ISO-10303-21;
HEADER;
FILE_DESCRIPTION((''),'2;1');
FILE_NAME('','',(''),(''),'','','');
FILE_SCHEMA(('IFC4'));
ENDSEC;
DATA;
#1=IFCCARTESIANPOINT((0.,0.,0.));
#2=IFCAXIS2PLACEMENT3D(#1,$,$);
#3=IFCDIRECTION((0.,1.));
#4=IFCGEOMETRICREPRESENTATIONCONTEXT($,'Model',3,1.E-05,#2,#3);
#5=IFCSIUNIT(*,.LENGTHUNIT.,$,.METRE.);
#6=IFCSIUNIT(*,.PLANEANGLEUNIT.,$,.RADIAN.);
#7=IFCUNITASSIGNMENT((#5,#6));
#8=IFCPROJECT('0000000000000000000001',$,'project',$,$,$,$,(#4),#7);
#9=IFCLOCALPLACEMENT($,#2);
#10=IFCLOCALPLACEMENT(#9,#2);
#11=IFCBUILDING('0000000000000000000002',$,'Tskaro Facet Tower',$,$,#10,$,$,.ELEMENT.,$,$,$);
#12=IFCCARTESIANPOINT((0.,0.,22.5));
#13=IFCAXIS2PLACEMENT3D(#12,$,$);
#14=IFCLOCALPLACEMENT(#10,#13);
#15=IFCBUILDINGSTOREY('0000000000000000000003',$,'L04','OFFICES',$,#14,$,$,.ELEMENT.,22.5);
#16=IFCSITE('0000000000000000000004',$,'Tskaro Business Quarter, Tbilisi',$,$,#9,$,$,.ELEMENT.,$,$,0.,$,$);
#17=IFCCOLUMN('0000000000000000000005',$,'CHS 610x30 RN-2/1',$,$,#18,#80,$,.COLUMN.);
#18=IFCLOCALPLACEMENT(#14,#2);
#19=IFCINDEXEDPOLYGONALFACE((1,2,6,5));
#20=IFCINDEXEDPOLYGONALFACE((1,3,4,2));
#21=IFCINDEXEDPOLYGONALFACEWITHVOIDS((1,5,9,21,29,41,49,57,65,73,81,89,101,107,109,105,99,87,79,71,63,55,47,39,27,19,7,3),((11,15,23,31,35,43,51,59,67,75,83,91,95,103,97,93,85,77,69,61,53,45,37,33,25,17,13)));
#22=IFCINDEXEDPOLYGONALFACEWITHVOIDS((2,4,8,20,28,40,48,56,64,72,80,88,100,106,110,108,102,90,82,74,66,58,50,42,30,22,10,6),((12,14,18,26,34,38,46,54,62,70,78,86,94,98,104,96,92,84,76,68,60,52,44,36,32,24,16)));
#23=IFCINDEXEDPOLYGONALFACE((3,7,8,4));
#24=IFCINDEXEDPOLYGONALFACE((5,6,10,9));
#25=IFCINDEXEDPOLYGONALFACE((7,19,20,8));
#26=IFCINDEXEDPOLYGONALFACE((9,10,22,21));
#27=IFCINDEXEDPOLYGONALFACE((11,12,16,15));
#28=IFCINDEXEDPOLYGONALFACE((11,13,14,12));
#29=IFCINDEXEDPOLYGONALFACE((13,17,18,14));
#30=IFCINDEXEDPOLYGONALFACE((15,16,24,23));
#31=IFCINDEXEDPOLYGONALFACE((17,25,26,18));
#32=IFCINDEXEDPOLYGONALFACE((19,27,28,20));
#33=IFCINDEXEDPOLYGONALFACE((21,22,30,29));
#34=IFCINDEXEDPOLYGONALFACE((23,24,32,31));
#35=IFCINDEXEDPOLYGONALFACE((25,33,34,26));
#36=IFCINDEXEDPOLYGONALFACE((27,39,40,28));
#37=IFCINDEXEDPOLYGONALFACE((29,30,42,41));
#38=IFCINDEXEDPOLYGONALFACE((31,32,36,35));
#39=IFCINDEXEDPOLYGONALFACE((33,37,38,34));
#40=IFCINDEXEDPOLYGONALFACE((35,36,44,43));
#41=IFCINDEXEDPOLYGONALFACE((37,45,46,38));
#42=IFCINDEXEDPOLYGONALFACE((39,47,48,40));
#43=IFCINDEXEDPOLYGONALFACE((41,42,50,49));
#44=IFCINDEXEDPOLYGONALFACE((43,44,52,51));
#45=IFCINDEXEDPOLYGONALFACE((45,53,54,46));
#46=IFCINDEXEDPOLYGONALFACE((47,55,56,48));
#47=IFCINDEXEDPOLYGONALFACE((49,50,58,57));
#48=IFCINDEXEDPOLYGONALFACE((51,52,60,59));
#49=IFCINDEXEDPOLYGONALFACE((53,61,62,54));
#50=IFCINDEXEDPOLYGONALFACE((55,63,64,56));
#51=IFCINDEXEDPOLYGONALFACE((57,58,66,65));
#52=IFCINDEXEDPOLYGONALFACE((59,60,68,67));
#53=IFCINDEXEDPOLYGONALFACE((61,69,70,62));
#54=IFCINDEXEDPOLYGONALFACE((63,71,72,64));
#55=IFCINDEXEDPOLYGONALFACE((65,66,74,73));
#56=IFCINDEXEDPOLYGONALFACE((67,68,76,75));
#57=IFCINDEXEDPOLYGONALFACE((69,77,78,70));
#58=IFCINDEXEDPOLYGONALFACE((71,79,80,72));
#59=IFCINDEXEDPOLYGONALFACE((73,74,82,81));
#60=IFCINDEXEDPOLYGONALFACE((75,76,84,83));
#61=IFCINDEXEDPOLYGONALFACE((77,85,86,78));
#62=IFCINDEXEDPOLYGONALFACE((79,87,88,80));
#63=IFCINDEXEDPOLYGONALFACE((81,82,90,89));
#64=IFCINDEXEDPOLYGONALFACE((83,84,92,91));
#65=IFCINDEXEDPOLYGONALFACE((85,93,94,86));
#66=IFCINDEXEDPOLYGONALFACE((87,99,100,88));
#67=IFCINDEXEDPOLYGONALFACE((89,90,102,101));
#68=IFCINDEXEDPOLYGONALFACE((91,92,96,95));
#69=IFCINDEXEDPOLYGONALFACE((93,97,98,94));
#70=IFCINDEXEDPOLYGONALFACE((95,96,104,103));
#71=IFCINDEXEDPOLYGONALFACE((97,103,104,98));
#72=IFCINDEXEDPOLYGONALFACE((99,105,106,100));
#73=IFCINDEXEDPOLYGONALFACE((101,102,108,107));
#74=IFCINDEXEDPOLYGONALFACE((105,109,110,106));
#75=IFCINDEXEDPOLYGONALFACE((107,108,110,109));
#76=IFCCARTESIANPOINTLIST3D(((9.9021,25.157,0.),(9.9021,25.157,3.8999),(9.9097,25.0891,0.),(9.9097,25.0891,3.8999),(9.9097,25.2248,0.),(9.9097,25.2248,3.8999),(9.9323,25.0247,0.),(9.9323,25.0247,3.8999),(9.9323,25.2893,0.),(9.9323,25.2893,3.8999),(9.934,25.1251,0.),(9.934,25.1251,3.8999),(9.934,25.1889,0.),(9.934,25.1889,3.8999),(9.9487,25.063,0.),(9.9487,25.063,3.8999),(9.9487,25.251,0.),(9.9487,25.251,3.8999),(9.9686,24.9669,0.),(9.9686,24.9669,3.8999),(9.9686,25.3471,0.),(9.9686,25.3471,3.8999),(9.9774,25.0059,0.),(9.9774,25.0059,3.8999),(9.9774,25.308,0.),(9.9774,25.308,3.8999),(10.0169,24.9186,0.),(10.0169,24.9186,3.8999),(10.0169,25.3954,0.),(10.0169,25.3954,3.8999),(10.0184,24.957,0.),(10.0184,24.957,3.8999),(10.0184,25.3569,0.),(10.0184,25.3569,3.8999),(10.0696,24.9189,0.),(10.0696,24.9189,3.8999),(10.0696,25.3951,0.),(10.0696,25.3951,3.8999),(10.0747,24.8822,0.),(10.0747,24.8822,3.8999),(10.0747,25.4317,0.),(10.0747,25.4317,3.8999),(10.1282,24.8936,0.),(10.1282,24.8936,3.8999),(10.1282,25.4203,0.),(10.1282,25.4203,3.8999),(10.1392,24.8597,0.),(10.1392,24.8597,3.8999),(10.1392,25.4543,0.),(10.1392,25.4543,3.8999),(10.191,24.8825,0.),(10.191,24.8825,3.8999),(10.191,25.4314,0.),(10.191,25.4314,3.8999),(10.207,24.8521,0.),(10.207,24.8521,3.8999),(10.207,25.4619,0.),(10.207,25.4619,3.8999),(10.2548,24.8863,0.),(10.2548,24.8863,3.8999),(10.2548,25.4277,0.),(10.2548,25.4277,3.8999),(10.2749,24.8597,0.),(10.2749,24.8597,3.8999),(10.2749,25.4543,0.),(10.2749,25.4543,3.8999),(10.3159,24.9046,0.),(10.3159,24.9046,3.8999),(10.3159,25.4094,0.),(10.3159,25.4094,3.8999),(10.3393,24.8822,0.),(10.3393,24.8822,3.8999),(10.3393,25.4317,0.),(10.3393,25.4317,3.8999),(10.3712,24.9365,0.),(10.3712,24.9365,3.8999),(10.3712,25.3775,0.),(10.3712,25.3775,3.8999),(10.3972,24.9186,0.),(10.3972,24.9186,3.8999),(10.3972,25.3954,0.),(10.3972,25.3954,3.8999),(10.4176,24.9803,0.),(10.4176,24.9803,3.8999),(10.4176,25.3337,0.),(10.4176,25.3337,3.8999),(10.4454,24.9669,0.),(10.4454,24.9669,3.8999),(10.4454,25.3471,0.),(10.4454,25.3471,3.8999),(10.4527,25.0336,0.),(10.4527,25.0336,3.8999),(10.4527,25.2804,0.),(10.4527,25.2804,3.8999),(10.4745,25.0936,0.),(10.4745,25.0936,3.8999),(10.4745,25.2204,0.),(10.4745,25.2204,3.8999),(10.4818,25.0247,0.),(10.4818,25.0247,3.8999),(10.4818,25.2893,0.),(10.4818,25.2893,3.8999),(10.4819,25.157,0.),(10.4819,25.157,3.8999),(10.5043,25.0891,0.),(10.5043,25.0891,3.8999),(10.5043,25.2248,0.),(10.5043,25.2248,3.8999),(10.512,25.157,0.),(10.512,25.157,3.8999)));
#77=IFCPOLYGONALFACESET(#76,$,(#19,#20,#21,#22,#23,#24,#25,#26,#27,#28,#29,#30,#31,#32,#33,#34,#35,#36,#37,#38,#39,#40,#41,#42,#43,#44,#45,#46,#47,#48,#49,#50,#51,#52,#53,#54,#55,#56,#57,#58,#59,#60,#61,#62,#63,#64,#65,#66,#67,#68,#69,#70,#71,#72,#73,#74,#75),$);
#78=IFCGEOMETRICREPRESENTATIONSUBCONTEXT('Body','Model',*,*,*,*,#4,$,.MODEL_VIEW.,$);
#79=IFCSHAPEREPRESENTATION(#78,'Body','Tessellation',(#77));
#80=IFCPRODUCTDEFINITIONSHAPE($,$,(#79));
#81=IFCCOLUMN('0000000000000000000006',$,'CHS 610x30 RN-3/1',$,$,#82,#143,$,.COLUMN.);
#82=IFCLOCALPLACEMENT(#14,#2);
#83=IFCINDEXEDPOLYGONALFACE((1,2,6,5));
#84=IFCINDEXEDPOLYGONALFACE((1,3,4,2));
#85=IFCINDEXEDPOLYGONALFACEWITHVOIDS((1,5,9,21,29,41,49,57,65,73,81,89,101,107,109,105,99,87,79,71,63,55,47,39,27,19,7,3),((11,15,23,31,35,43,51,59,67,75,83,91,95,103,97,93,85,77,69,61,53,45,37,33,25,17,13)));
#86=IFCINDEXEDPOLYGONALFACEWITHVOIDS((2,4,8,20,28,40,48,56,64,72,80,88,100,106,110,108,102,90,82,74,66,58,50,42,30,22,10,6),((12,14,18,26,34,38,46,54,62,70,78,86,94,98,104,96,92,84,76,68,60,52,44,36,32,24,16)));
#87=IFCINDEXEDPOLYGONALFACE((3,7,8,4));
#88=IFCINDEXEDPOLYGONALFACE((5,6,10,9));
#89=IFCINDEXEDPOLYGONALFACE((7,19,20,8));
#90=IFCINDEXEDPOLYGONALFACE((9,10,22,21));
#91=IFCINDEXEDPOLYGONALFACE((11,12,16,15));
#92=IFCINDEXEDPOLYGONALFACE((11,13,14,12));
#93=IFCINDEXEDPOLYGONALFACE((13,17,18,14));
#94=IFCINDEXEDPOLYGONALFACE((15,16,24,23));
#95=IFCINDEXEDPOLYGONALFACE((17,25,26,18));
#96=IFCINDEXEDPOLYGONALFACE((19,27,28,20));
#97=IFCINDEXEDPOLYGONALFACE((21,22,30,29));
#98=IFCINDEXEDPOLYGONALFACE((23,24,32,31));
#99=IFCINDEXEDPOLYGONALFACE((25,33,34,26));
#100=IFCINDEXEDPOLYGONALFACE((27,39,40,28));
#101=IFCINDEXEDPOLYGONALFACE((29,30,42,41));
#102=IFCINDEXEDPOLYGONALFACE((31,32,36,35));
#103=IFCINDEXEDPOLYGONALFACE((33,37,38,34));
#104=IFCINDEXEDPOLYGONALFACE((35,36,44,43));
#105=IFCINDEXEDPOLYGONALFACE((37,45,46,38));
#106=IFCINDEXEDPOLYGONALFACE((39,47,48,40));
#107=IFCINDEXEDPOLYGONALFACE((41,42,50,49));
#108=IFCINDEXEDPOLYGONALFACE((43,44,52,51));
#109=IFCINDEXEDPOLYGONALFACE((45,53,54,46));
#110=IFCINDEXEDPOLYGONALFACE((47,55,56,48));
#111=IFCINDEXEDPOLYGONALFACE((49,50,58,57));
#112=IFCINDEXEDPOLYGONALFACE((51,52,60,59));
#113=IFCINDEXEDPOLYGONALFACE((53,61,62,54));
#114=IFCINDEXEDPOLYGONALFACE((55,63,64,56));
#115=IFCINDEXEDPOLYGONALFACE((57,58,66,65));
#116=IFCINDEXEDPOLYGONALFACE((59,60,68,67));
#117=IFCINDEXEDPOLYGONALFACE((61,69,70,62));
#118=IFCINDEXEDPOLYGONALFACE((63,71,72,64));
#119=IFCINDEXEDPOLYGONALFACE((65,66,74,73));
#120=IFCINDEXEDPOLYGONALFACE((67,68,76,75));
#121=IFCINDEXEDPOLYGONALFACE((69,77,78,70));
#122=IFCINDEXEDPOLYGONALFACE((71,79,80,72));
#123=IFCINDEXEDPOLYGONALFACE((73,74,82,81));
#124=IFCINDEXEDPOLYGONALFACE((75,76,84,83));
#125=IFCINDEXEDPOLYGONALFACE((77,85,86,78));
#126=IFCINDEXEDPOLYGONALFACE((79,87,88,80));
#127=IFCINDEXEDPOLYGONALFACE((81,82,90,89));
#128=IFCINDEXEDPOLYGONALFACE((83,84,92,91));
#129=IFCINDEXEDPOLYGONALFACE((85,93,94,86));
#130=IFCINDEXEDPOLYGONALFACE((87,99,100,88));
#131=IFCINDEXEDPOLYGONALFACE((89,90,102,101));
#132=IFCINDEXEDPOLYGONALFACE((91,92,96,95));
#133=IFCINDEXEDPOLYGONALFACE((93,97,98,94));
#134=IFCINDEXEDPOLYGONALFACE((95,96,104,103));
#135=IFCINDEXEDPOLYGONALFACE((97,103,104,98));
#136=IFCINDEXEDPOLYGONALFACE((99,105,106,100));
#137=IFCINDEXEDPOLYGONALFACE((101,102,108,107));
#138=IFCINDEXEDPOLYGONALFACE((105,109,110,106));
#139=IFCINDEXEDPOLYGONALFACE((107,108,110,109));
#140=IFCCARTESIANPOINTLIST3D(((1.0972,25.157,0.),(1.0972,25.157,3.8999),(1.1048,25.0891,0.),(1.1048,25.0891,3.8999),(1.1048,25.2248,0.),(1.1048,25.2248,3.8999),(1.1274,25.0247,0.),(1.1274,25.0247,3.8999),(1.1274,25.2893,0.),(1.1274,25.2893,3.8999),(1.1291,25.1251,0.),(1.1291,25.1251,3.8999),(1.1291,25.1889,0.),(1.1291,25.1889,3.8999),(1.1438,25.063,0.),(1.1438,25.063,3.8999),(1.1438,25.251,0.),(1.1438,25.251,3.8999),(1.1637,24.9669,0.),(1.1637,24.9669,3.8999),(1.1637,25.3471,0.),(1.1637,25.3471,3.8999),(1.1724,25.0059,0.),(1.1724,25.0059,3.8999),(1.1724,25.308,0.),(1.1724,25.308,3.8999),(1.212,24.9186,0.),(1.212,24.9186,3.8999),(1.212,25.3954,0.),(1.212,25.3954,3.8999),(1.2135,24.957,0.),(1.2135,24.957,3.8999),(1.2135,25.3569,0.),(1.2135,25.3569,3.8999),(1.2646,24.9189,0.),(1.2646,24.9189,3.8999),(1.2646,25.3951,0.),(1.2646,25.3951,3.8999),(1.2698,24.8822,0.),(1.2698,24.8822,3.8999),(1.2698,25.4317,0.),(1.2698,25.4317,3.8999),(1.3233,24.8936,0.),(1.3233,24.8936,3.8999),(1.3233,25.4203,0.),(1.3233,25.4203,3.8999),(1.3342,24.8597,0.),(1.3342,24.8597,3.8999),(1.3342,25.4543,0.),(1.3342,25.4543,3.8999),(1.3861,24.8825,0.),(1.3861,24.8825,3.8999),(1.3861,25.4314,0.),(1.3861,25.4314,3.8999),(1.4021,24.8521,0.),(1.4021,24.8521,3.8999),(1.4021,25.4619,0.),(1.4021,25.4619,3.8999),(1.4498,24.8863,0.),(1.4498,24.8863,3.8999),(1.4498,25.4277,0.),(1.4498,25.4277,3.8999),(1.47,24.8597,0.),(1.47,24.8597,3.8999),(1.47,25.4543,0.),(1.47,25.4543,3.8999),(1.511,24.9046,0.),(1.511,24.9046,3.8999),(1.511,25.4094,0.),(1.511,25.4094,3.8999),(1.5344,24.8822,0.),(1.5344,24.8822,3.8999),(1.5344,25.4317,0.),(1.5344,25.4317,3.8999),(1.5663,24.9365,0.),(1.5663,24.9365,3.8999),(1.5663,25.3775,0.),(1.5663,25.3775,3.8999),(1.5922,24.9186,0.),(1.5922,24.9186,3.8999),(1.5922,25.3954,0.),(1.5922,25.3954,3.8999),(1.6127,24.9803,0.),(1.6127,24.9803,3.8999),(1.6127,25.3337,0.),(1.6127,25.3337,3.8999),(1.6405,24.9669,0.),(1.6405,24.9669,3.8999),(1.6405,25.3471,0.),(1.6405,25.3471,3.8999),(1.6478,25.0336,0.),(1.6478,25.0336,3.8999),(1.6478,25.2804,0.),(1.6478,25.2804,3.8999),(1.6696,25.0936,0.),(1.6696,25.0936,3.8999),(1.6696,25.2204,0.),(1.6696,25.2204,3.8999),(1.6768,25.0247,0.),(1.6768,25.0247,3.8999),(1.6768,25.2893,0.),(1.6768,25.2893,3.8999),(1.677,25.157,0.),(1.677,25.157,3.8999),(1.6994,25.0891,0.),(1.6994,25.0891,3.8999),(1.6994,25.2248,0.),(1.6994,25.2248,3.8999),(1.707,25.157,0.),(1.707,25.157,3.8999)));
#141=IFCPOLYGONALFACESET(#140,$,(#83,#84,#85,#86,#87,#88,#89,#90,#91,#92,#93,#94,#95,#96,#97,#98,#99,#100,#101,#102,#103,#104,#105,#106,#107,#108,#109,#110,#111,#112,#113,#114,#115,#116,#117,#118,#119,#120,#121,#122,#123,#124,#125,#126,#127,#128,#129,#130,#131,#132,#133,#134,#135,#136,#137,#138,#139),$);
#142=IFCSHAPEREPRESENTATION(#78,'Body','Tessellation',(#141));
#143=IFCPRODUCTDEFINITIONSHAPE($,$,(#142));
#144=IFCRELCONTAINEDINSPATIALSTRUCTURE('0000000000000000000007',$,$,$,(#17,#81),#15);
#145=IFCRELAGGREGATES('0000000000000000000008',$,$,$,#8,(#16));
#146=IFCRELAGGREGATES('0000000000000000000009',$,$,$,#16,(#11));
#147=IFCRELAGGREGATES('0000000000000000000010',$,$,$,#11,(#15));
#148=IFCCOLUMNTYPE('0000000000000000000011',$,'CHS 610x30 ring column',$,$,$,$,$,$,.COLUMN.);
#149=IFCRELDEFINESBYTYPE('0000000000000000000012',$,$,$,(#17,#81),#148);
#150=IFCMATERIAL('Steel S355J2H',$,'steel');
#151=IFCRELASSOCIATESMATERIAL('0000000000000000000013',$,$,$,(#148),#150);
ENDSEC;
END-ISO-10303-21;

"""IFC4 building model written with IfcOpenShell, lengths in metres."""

from ifc_helpers import new_model, si_unit, direction, frame, origin, origin_2d, place, context, subcontext, project, spatial, hollow_circle, extrude, material, material_profile, profile_set, type_object, element, save


model = new_model("IFC4")

# Units and contexts
model_context = context("Model", 3, precision=1e-05, world=origin(), true_north=direction((0.0, 1.0)))
body_context = subcontext(model_context, "Body", "Model", "MODEL_VIEW")
ifc_project = project(units=[si_unit("LENGTHUNIT", "METRE"), si_unit("PLANEANGLEUNIT", "RADIAN")], contexts=[model_context])

# Site, building, storey
site_placement = place(None, origin())
site = spatial("IfcSite", under=ifc_project, at=site_placement, Name="Tskaro Business Quarter, Tbilisi", CompositionType="ELEMENT", RefElevation=0.0)
building_placement = place(site_placement, origin())
building = spatial("IfcBuilding", under=site, at=building_placement, Name="Tskaro Facet Tower", CompositionType="ELEMENT")
storey_placement = place(building_placement, frame((0.0, 0.0, 22.5)))
storey = spatial("IfcBuildingStorey", under=building, at=storey_placement, Name="L04", Description="OFFICES", CompositionType="ELEMENT", Elevation=22.5)

# Columns
ifc_material_1 = material(Name="Steel S355J2H", Category="steel")
ifc_material_profile_1 = material_profile(ifc_material_1, hollow_circle(Radius=0.3049, WallThickness=0.03, at=origin_2d()), Name="CHS 610x30")
ifc_profile_set_1 = profile_set([ifc_material_profile_1], Name="Steel S355J2H")
column_type_1 = type_object("IfcColumnType", Name="CHS 610x30 ring column", PredefinedType="COLUMN", material=ifc_profile_set_1)
for number, where, z_axis, x_axis, name in (
    (1, (10.207, 25.157, 0.0), (0.0, 0.0, 1.0), (1.0, 0.0, 0.0), "CHS 610x30 RN-2/1"),
    (2, (1.4021, 25.157, 0.0), (0.0, 0.0, 1.0), (1.0, 0.0, 0.0), "CHS 610x30 RN-3/1"),
):
    element("IfcColumn", number, at=place(storey_placement, frame(where, z_axis=z_axis, x_axis=x_axis)), inside=storey, type_object=column_type_1, Name=name, PredefinedType="COLUMN", context=body_context, shape_type="SweptSolid", body=[
        extrude(hollow_circle(Radius=0.3049, WallThickness=0.03, at=origin_2d()), origin(), (0.0, 0.0, 1.0), 3.8999),
    ])

save(model, "model.ifc")
